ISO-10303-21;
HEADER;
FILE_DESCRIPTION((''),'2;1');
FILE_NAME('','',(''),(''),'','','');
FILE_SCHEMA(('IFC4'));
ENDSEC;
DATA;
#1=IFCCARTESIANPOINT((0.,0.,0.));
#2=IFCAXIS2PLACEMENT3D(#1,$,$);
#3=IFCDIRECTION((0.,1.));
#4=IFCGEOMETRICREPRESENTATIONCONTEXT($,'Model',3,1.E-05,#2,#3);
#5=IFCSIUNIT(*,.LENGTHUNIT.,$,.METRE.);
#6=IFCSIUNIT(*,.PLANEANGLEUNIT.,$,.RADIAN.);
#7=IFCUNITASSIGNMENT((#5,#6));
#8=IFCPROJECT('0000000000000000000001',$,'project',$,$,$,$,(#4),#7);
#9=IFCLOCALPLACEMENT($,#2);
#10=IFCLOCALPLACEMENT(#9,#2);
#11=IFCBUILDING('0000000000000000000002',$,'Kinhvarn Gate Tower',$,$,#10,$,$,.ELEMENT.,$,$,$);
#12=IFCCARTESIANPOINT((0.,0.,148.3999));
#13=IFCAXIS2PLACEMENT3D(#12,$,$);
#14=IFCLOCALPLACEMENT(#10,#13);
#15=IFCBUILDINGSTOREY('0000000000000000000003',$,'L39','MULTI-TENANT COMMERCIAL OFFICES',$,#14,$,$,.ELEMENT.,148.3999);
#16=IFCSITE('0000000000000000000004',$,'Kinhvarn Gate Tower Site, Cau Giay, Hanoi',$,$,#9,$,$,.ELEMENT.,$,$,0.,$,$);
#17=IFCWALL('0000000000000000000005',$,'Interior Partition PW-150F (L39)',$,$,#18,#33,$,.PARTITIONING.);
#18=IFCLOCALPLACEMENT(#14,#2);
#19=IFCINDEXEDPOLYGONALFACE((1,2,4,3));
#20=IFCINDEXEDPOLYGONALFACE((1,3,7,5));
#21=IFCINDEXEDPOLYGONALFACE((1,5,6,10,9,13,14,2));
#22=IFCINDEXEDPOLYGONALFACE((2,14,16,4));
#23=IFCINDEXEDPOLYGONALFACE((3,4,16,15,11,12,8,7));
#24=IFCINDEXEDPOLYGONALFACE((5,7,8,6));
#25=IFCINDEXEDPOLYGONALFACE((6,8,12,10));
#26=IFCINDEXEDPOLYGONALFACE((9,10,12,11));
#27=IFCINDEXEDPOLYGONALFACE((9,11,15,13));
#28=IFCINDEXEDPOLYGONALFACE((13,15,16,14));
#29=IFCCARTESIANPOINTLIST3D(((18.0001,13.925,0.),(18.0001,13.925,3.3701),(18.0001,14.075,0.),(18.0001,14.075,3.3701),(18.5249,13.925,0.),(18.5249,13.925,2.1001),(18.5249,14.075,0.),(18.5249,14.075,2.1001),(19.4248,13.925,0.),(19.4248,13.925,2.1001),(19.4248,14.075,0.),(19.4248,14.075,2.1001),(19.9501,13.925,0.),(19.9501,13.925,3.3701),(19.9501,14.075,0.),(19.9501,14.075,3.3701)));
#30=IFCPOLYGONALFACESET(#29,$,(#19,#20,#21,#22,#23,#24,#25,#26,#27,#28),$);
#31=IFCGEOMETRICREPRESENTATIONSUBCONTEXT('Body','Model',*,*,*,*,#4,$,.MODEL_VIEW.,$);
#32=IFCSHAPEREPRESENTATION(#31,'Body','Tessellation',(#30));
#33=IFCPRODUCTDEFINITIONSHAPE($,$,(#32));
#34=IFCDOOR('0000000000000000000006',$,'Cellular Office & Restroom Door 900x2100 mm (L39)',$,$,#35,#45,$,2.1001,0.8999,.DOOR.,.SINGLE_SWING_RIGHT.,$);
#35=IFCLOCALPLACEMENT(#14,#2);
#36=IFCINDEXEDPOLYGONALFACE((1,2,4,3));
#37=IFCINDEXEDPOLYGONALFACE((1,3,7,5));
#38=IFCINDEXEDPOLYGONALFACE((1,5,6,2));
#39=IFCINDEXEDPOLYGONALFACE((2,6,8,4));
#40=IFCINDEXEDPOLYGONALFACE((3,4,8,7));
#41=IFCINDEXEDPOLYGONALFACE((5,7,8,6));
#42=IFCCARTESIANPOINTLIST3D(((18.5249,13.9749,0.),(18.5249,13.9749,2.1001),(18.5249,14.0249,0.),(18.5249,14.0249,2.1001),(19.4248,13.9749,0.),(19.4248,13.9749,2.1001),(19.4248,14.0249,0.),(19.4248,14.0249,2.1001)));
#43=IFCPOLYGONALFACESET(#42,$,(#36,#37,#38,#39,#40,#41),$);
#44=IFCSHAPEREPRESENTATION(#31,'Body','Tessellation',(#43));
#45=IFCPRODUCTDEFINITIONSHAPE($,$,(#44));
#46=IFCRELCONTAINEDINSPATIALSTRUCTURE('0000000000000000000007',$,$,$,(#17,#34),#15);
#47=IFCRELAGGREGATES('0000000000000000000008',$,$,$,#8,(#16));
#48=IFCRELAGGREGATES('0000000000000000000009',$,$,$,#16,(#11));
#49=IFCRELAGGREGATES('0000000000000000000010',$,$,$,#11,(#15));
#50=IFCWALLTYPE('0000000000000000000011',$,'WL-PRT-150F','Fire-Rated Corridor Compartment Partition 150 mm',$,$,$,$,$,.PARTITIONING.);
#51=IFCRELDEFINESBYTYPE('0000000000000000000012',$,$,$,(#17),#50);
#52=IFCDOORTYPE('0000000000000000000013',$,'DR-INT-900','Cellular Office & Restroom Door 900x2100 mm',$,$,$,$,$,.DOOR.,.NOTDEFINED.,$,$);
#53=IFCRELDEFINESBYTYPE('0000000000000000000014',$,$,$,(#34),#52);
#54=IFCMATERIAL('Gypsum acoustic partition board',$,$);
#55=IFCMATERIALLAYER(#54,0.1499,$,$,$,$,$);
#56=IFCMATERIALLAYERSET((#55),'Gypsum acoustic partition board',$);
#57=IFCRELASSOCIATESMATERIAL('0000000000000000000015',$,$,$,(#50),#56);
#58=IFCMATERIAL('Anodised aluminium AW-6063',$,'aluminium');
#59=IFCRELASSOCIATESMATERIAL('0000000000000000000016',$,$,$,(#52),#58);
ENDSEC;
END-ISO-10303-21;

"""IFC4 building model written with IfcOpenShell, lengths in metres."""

from ifc_helpers import new_model, si_unit, direction, frame, frame_2d, origin, place, context, subcontext, project, spatial, rectangle, extrude, material, layer, layer_set, type_object, element, fill, save


model = new_model("IFC4")

# Units and contexts
model_context = context("Model", 3, precision=1e-05, world=origin(), true_north=direction((0.0, 1.0)))
body_context = subcontext(model_context, "Body", "Model", "MODEL_VIEW")
ifc_project = project(units=[si_unit("LENGTHUNIT", "METRE"), si_unit("PLANEANGLEUNIT", "RADIAN")], contexts=[model_context])

# Site, building, storey
site_placement = place(None, origin())
site = spatial("IfcSite", under=ifc_project, at=site_placement, Name="Kinhvarn Gate Tower Site, Cau Giay, Hanoi", CompositionType="ELEMENT", RefElevation=0.0)
building_placement = place(site_placement, origin())
building = spatial("IfcBuilding", under=site, at=building_placement, Name="Kinhvarn Gate Tower", CompositionType="ELEMENT")
storey_placement = place(building_placement, frame((0.0, 0.0, 148.3999)))
storey = spatial("IfcBuildingStorey", under=building, at=storey_placement, Name="L39", Description="MULTI-TENANT COMMERCIAL OFFICES", CompositionType="ELEMENT", Elevation=148.3999)

# Shared definitions
ifc_material_1 = material(Name="Anodised aluminium AW-6063", Category="aluminium")

# Shared definitions
ifc_material_2 = material(Name="Gypsum acoustic partition board")

# Wall, opening, door
ifc_layer_1 = layer(ifc_material_2, 0.1499)
ifc_layer_set_1 = layer_set([ifc_layer_1], Name="Gypsum acoustic partition board")
wall_type_1 = type_object("IfcWallType", Name="WL-PRT-150F", Description="Fire-Rated Corridor Compartment Partition 150 mm", PredefinedType="PARTITIONING", material=ifc_layer_set_1)
wall_1_placement = place(storey_placement, frame((18.0, 14.0, 0.0), z_axis=(0.0, 0.0, 1.0), x_axis=(1.0, 0.0, 0.0)))
wall_1 = element("IfcWall", 1, at=wall_1_placement, inside=storey, type_object=wall_type_1, Name="Interior Partition PW-150F (L39)", PredefinedType="PARTITIONING", context=body_context, shape_type="SweptSolid", body=[
    extrude(rectangle(XDim=1.95, YDim=0.1499, at=frame_2d((0.9751, 0.0))), origin(), (0.0, 0.0, 1.0), 3.3701),
])
opening_placement = place(wall_1_placement, frame((0.5249, 0.0, 0.0)))
opening = element("IfcOpeningElement", 2, at=opening_placement, cuts=wall_1, PredefinedType="OPENING", context=body_context, shape_type="SweptSolid", body=[
    extrude(rectangle(XDim=0.8999, YDim=2.1001, at=frame_2d((0.45, 1.05))), frame((0.0, 0.085, 0.0), z_axis=(0.0, -1.0, 0.0), x_axis=(1.0, 0.0, 0.0)), (0.0, 0.0, 1.0), 0.1699),
])
door_type = type_object("IfcDoorType", Name="DR-INT-900", Description="Cellular Office & Restroom Door 900x2100 mm", OperationType="NOTDEFINED", PredefinedType="DOOR", material=ifc_material_1)
door_placement = place(opening_placement, origin())
door = element("IfcDoor", 3, at=door_placement, inside=storey, type_object=door_type, Name="Cellular Office & Restroom Door 900x2100 mm (L39)", OperationType="SINGLE_SWING_RIGHT", OverallHeight=2.1001, OverallWidth=0.8999, PredefinedType="DOOR", context=body_context, shape_type="SweptSolid", body=[
    extrude(rectangle(XDim=0.8999, YDim=2.1001, at=frame_2d((0.45, 1.05))), frame((0.0, 0.0249, 0.0), z_axis=(0.0, -1.0, 0.0), x_axis=(1.0, 0.0, 0.0)), (0.0, 0.0, 1.0), 0.05),
])
fill(opening, door)

save(model, "model.ifc")
